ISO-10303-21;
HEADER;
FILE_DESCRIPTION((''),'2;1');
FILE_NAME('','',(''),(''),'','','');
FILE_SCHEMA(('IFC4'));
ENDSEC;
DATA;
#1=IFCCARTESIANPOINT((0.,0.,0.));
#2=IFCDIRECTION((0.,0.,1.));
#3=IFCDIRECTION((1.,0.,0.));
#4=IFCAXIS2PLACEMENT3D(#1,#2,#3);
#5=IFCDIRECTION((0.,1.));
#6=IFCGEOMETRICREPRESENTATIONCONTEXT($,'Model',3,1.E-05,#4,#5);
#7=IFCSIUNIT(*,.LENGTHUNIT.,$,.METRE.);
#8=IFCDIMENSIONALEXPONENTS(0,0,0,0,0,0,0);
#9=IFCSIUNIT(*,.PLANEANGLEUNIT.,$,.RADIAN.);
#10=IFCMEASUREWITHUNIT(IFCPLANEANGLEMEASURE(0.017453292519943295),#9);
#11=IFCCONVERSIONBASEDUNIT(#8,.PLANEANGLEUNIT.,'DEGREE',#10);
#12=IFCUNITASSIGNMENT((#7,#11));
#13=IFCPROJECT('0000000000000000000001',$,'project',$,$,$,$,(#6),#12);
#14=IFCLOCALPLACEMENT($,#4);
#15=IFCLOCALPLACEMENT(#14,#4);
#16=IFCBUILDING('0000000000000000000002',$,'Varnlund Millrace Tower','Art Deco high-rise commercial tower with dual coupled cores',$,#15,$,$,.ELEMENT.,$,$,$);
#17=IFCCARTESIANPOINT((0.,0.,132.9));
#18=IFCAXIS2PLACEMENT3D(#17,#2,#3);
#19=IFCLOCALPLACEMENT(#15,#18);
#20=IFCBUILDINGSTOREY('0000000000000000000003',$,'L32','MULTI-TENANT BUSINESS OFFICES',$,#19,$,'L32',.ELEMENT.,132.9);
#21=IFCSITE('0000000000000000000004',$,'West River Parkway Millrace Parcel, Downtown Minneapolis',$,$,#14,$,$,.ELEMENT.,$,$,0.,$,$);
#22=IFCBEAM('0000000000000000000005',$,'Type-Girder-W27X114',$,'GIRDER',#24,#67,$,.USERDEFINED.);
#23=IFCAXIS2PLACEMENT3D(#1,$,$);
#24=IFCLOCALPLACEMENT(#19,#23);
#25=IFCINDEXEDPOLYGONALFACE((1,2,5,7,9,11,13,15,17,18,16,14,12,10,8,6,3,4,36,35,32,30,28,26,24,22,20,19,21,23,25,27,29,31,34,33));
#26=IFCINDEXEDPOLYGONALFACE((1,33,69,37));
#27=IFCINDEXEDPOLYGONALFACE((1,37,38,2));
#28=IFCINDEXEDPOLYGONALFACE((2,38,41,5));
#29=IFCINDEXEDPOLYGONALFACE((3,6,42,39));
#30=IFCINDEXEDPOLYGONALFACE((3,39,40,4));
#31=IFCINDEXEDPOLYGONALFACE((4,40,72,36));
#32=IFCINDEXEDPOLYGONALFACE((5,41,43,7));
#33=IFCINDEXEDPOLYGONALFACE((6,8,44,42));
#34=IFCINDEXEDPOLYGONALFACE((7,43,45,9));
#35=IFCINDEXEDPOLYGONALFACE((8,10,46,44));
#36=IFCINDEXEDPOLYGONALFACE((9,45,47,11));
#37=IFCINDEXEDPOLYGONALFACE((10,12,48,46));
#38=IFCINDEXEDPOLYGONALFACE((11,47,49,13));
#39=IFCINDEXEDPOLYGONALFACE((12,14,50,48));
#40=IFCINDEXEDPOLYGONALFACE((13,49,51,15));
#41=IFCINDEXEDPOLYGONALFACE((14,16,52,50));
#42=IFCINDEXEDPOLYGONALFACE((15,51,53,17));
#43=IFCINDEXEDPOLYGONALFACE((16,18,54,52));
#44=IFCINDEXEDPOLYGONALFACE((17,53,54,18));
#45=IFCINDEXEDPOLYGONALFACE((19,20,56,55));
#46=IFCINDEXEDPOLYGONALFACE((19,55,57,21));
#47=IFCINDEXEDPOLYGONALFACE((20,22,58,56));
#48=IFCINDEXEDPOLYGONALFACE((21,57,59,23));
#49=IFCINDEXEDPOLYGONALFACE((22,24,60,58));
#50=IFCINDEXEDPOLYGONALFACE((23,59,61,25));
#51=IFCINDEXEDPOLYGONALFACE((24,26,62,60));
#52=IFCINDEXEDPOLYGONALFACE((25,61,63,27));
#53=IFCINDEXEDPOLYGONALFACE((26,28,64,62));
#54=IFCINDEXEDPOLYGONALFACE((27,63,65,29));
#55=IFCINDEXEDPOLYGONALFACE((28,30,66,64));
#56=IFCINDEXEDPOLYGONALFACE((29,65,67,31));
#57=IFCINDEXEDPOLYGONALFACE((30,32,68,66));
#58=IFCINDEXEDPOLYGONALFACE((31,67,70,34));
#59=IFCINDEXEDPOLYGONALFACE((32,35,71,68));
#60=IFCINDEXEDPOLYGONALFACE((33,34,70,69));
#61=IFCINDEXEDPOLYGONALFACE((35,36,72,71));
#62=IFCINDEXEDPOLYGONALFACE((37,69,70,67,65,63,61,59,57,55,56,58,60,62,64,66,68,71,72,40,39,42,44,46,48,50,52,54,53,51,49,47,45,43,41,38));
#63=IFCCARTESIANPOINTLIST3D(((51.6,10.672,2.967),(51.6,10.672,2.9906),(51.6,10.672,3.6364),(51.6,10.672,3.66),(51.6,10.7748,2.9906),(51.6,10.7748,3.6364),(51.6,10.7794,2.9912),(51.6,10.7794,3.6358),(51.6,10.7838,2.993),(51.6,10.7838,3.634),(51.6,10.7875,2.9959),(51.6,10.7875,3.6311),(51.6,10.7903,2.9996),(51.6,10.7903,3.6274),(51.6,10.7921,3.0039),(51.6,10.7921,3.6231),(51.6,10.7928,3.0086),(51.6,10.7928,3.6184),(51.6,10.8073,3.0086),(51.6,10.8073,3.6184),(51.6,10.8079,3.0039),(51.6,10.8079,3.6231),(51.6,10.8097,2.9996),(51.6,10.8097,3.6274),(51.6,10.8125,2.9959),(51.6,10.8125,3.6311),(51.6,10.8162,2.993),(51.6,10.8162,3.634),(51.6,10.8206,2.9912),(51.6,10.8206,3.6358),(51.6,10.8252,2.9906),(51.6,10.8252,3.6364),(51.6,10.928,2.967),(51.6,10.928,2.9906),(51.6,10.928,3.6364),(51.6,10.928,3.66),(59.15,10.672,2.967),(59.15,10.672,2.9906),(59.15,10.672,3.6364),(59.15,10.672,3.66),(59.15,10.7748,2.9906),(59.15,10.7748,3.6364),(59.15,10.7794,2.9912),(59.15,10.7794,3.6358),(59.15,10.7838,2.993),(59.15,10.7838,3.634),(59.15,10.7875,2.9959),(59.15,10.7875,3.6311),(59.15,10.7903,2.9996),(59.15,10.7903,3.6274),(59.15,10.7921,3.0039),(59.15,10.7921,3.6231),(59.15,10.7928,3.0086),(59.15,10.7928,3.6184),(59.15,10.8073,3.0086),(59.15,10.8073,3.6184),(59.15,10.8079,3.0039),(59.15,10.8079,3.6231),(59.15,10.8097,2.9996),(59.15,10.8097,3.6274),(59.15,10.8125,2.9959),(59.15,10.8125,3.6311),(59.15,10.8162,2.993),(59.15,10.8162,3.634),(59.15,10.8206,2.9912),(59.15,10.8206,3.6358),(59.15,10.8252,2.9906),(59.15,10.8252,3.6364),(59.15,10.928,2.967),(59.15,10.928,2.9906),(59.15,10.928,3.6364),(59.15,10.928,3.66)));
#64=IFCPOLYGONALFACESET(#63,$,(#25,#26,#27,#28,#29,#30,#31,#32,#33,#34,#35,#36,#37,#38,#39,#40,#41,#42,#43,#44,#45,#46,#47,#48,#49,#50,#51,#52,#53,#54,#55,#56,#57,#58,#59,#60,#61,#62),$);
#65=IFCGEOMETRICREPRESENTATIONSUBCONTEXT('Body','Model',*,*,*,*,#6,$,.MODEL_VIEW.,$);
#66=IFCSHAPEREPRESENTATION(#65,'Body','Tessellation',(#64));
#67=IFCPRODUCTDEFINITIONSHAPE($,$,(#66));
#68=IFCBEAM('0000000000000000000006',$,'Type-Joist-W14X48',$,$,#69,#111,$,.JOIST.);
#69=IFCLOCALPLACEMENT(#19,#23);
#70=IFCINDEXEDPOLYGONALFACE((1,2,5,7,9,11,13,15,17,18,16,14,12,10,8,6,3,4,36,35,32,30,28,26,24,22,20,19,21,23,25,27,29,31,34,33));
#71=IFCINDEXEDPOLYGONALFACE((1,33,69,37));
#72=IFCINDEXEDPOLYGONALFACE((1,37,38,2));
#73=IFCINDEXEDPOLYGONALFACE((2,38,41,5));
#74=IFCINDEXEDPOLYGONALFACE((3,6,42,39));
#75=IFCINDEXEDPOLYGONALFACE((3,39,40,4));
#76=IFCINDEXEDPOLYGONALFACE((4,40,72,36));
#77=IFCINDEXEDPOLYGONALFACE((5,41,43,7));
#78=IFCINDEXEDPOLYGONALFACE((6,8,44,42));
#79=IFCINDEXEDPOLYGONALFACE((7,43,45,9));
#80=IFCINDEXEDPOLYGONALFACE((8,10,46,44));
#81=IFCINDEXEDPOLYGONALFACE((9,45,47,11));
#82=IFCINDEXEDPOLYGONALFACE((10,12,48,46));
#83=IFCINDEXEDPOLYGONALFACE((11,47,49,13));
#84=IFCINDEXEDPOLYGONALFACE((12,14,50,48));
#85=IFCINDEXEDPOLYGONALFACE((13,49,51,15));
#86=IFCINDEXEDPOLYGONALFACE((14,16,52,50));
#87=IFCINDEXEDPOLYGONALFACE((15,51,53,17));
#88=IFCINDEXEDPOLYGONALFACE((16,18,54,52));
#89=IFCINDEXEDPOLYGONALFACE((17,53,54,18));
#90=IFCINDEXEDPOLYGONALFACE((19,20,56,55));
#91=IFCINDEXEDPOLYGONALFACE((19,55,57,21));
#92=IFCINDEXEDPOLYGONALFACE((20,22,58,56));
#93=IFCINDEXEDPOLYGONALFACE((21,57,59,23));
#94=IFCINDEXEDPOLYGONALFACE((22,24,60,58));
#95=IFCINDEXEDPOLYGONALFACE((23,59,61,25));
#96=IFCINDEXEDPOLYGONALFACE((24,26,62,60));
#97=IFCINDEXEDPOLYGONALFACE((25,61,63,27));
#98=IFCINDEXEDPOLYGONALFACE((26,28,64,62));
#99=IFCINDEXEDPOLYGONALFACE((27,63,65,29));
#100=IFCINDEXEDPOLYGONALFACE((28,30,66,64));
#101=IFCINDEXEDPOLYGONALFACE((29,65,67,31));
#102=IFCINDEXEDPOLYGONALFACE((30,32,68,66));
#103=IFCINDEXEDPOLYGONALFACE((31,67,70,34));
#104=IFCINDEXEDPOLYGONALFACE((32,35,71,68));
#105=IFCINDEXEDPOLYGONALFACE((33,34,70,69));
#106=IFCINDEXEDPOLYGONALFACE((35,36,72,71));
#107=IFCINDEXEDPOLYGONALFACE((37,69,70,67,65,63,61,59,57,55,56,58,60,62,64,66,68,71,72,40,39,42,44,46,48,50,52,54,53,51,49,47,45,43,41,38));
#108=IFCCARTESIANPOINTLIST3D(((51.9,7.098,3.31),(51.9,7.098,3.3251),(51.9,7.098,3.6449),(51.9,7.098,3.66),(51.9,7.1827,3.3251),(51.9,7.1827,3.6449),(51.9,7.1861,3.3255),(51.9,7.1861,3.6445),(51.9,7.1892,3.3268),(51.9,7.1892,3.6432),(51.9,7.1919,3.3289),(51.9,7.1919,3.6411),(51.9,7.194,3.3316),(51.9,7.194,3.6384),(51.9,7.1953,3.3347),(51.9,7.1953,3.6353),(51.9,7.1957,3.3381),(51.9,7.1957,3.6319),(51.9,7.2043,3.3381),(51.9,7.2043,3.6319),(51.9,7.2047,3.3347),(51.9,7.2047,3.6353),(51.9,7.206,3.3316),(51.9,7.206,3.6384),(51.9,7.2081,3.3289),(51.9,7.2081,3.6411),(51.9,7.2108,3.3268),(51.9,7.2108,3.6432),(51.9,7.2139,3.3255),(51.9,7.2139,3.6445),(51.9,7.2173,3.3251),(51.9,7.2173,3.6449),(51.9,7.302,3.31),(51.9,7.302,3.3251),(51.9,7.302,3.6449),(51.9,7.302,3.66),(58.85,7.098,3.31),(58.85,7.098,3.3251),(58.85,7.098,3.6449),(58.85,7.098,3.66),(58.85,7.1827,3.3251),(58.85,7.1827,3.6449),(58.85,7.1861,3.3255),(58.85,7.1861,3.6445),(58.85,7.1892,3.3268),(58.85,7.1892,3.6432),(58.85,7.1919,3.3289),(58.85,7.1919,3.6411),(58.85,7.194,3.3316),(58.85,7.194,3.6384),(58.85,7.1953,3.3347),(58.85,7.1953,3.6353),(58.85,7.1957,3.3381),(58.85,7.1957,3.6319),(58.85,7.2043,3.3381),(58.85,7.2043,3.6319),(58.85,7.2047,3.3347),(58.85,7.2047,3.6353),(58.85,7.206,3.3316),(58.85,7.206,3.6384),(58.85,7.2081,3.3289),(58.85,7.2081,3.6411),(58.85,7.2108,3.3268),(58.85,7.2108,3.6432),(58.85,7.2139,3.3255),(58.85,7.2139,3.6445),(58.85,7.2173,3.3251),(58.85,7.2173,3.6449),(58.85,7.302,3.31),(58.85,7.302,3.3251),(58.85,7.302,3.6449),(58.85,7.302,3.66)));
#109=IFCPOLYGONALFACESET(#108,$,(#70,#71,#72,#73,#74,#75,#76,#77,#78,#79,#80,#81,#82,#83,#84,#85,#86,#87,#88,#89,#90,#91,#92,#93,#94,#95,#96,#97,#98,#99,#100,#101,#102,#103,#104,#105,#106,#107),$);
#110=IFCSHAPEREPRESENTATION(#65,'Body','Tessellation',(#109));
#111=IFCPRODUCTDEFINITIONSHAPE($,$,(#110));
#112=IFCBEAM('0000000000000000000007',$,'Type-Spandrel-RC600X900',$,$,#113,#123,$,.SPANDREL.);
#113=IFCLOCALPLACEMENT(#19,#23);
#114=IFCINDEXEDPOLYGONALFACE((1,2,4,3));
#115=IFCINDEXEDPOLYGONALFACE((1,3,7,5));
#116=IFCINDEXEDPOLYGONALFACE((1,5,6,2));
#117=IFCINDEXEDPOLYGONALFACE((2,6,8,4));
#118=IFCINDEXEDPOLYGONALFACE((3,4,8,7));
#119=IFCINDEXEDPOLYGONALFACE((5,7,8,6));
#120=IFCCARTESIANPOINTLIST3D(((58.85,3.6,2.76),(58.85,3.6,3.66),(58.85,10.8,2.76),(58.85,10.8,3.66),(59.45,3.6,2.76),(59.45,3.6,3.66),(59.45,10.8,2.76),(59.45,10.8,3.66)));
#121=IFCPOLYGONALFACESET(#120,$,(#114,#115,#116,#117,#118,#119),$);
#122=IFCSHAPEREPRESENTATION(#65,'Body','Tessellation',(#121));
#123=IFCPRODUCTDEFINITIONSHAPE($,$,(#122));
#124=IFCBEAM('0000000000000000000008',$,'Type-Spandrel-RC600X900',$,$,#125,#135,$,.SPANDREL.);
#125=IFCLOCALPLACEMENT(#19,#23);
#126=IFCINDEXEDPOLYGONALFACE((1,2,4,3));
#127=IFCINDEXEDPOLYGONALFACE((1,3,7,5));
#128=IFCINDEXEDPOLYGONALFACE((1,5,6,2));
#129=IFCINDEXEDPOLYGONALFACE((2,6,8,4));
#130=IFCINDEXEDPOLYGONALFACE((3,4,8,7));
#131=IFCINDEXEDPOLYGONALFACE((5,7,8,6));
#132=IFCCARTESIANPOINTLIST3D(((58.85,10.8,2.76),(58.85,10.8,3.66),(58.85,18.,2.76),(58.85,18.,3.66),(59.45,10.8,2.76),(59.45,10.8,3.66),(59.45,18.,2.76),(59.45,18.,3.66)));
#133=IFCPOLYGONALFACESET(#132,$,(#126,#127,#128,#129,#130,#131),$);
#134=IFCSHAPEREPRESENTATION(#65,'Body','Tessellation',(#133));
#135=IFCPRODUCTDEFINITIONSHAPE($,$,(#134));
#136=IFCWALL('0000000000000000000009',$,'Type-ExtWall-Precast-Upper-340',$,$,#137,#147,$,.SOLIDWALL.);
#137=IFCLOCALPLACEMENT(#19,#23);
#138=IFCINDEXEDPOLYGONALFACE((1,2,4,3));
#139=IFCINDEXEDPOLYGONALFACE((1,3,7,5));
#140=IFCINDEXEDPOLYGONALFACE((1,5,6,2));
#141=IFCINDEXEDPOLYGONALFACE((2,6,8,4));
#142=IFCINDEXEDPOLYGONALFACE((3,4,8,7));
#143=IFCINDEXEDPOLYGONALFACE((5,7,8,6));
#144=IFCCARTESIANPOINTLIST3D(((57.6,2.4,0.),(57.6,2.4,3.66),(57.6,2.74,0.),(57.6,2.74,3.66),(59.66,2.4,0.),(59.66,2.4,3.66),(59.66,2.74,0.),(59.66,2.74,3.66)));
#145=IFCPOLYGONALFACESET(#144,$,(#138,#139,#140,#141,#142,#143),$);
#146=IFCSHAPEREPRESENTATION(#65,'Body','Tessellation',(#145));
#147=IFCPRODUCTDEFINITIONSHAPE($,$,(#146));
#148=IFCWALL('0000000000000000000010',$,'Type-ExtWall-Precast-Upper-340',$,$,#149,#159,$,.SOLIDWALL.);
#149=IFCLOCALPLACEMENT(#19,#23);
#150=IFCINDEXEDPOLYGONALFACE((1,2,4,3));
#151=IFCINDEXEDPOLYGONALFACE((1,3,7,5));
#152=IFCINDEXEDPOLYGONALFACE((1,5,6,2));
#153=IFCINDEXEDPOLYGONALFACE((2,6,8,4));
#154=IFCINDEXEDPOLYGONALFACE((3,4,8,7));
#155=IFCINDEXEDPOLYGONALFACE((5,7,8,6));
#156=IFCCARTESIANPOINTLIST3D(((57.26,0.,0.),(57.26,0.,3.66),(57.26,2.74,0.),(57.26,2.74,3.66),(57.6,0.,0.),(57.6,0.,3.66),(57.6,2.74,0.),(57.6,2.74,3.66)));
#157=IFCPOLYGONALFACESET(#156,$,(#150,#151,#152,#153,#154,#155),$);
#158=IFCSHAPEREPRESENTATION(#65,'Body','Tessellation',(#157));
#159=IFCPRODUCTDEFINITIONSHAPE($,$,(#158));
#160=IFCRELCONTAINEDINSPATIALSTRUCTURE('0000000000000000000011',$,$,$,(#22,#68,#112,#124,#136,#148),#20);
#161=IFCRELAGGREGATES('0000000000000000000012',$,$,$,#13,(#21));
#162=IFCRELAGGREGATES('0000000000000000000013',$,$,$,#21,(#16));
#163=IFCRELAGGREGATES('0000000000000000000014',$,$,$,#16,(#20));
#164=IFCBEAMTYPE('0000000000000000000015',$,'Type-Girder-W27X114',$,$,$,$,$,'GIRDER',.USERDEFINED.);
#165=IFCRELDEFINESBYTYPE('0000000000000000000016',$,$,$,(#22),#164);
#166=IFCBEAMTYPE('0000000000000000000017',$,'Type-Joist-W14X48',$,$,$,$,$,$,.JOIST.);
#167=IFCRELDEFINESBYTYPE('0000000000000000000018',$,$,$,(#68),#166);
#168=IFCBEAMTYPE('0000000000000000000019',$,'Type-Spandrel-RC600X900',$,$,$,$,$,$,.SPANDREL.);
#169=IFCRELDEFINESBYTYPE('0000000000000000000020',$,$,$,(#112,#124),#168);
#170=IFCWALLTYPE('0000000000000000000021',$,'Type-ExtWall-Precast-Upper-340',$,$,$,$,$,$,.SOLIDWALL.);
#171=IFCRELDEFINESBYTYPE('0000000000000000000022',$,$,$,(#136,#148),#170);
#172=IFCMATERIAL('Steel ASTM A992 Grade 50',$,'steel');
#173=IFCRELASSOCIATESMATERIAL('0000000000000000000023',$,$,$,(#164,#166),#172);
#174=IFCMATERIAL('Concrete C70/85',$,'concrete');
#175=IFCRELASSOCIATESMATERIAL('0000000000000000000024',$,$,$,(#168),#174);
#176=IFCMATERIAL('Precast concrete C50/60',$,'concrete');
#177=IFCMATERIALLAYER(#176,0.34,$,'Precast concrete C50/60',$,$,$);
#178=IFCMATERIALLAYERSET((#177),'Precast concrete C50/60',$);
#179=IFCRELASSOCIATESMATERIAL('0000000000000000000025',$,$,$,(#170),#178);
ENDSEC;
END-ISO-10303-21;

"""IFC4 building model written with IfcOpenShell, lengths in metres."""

from ifc_helpers import new_model, entity, si_unit, converted_unit, direction, frame, origin_with_axes, origin_2d_with_axis, place, context, subcontext, project, spatial, polyline, rectangle, i_section, outline, extrude, material, layer, layer_set, material_profile, profile_set, type_object, element, save


model = new_model("IFC4")

# Units and contexts
model_context = context("Model", 3, precision=1e-05, world=origin_with_axes(), true_north=direction((0.0, 1.0)))
body_context = subcontext(model_context, "Body", "Model", "MODEL_VIEW")
ifc_project = project(units=[si_unit("LENGTHUNIT", "METRE"), converted_unit("PLANEANGLEUNIT", "DEGREE", entity("IfcPlaneAngleMeasure", 0.017453292519943295), si_unit("PLANEANGLEUNIT", "RADIAN"), dimensions=[0, 0, 0, 0, 0, 0, 0])], contexts=[model_context])

# Site, building, storey
site_placement = place(None, origin_with_axes())
site = spatial("IfcSite", under=ifc_project, at=site_placement, Name="West River Parkway Millrace Parcel, Downtown Minneapolis", CompositionType="ELEMENT", RefElevation=0.0)
building_placement = place(site_placement, origin_with_axes())
building = spatial("IfcBuilding", under=site, at=building_placement, Name="Varnlund Millrace Tower", Description="Art Deco high-rise commercial tower with dual coupled cores", CompositionType="ELEMENT")
storey_placement = place(building_placement, frame((0.0, 0.0, 132.9), z_axis=(0.0, 0.0, 1.0), x_axis=(1.0, 0.0, 0.0)))
storey = spatial("IfcBuildingStorey", under=building, at=storey_placement, Name="L32", Description="MULTI-TENANT BUSINESS OFFICES", LongName="L32", CompositionType="ELEMENT", Elevation=132.9)

# Beams
ifc_material_1 = material(Name="Steel ASTM A992 Grade 50", Category="steel")
ifc_material_profile_1 = material_profile(ifc_material_1, i_section(OverallWidth=0.256, OverallDepth=0.693, WebThickness=0.0145, FlangeThickness=0.0236, FilletRadius=0.018, at=origin_2d_with_axis()), Name="Steel ASTM A992 Grade 50")
ifc_profile_set_1 = profile_set([ifc_material_profile_1], Name="Steel ASTM A992 Grade 50")
beam_type_1 = type_object("IfcBeamType", Name="Type-Girder-W27X114", ElementType="GIRDER", PredefinedType="USERDEFINED", material=ifc_profile_set_1)
beam_1_placement = place(storey_placement, frame((51.6, 10.8, 3.3135), z_axis=(1.0, 0.0, 0.0), x_axis=(0.0, 1.0, 0.0)))
element("IfcBeam", 1, at=beam_1_placement, inside=storey, type_object=beam_type_1, Name="Type-Girder-W27X114", ObjectType="GIRDER", PredefinedType="USERDEFINED", context=body_context, shape_type="SweptSolid", body=[
    extrude(i_section(OverallWidth=0.256, OverallDepth=0.693, WebThickness=0.0145, FlangeThickness=0.0236, FilletRadius=0.018, at=origin_2d_with_axis()), origin_with_axes(), (0.0, 0.0, 1.0), 7.55),
])
ifc_material_profile_2 = material_profile(ifc_material_1, i_section(OverallWidth=0.204, OverallDepth=0.35, WebThickness=0.0086, FlangeThickness=0.0151, FilletRadius=0.013, at=origin_2d_with_axis()), Name="Steel ASTM A992 Grade 50")
ifc_profile_set_2 = profile_set([ifc_material_profile_2], Name="Steel ASTM A992 Grade 50")
beam_type_2 = type_object("IfcBeamType", Name="Type-Joist-W14X48", PredefinedType="JOIST", material=ifc_profile_set_2)
beam_2_placement = place(storey_placement, frame((51.9, 7.2, 3.485), z_axis=(1.0, 0.0, 0.0), x_axis=(0.0, 1.0, 0.0)))
element("IfcBeam", 2, at=beam_2_placement, inside=storey, type_object=beam_type_2, Name="Type-Joist-W14X48", PredefinedType="JOIST", context=body_context, shape_type="SweptSolid", body=[
    extrude(i_section(OverallWidth=0.204, OverallDepth=0.35, WebThickness=0.0086, FlangeThickness=0.0151, FilletRadius=0.013, at=origin_2d_with_axis()), origin_with_axes(), (0.0, 0.0, 1.0), 6.95),
])
ifc_material_2 = material(Name="Concrete C70/85", Category="concrete")
ifc_material_profile_3 = material_profile(ifc_material_2, rectangle(XDim=0.6, YDim=0.9, at=origin_2d_with_axis()), Name="Concrete C70/85")
ifc_profile_set_3 = profile_set([ifc_material_profile_3], Name="Concrete C70/85")
beam_type_3 = type_object("IfcBeamType", Name="Type-Spandrel-RC600X900", PredefinedType="SPANDREL", material=ifc_profile_set_3)
for number, where, z_axis, x_axis, name in (
    (3, (59.15, 3.6, 3.21), (0.0, 1.0, 0.0), (-1.0, 0.0, 0.0), "Type-Spandrel-RC600X900"),
    (4, (59.15, 10.8, 3.21), (0.0, 1.0, 0.0), (-1.0, 0.0, 0.0), "Type-Spandrel-RC600X900"),
):
    element("IfcBeam", number, at=place(storey_placement, frame(where, z_axis=z_axis, x_axis=x_axis)), inside=storey, type_object=beam_type_3, Name=name, PredefinedType="SPANDREL", context=body_context, shape_type="SweptSolid", body=[
        extrude(rectangle(XDim=0.6, YDim=0.9, at=origin_2d_with_axis()), origin_with_axes(), (0.0, 0.0, 1.0), 7.2),
    ])

# Walls
ifc_material_3 = material(Name="Precast concrete C50/60", Category="concrete")
ifc_layer_1 = layer(ifc_material_3, 0.34, Name="Precast concrete C50/60")
ifc_layer_set_1 = layer_set([ifc_layer_1], Name="Precast concrete C50/60")
wall_type_1 = type_object("IfcWallType", Name="Type-ExtWall-Precast-Upper-340", PredefinedType="SOLIDWALL", material=ifc_layer_set_1)
wall_1_placement = place(storey_placement, frame((59.66, 2.57, 0.0), z_axis=(0.0, 0.0, 1.0), x_axis=(-1.0, 0.0, 0.0)))
element("IfcWall", 5, at=wall_1_placement, inside=storey, type_object=wall_type_1, Name="Type-ExtWall-Precast-Upper-340", PredefinedType="SOLIDWALL", context=body_context, shape_type="SweptSolid", body=[
    extrude(outline(polyline([(0.0, -0.17), (2.06, -0.17), (2.06, 0.17), (0.0, 0.17), (0.0, -0.17)])), origin_with_axes(), (0.0, 0.0, 1.0), 3.66),
])
wall_2_placement = place(storey_placement, frame((57.43, 2.74, 0.0), z_axis=(0.0, 0.0, 1.0), x_axis=(0.0, -1.0, 0.0)))
element("IfcWall", 6, at=wall_2_placement, inside=storey, type_object=wall_type_1, Name="Type-ExtWall-Precast-Upper-340", PredefinedType="SOLIDWALL", context=body_context, shape_type="SweptSolid", body=[
    extrude(outline(polyline([(0.0, -0.17), (2.74, -0.17), (2.74, 0.17), (0.0, 0.17), (0.0, -0.17)])), origin_with_axes(), (0.0, 0.0, 1.0), 3.66),
])

save(model, "model.ifc")
